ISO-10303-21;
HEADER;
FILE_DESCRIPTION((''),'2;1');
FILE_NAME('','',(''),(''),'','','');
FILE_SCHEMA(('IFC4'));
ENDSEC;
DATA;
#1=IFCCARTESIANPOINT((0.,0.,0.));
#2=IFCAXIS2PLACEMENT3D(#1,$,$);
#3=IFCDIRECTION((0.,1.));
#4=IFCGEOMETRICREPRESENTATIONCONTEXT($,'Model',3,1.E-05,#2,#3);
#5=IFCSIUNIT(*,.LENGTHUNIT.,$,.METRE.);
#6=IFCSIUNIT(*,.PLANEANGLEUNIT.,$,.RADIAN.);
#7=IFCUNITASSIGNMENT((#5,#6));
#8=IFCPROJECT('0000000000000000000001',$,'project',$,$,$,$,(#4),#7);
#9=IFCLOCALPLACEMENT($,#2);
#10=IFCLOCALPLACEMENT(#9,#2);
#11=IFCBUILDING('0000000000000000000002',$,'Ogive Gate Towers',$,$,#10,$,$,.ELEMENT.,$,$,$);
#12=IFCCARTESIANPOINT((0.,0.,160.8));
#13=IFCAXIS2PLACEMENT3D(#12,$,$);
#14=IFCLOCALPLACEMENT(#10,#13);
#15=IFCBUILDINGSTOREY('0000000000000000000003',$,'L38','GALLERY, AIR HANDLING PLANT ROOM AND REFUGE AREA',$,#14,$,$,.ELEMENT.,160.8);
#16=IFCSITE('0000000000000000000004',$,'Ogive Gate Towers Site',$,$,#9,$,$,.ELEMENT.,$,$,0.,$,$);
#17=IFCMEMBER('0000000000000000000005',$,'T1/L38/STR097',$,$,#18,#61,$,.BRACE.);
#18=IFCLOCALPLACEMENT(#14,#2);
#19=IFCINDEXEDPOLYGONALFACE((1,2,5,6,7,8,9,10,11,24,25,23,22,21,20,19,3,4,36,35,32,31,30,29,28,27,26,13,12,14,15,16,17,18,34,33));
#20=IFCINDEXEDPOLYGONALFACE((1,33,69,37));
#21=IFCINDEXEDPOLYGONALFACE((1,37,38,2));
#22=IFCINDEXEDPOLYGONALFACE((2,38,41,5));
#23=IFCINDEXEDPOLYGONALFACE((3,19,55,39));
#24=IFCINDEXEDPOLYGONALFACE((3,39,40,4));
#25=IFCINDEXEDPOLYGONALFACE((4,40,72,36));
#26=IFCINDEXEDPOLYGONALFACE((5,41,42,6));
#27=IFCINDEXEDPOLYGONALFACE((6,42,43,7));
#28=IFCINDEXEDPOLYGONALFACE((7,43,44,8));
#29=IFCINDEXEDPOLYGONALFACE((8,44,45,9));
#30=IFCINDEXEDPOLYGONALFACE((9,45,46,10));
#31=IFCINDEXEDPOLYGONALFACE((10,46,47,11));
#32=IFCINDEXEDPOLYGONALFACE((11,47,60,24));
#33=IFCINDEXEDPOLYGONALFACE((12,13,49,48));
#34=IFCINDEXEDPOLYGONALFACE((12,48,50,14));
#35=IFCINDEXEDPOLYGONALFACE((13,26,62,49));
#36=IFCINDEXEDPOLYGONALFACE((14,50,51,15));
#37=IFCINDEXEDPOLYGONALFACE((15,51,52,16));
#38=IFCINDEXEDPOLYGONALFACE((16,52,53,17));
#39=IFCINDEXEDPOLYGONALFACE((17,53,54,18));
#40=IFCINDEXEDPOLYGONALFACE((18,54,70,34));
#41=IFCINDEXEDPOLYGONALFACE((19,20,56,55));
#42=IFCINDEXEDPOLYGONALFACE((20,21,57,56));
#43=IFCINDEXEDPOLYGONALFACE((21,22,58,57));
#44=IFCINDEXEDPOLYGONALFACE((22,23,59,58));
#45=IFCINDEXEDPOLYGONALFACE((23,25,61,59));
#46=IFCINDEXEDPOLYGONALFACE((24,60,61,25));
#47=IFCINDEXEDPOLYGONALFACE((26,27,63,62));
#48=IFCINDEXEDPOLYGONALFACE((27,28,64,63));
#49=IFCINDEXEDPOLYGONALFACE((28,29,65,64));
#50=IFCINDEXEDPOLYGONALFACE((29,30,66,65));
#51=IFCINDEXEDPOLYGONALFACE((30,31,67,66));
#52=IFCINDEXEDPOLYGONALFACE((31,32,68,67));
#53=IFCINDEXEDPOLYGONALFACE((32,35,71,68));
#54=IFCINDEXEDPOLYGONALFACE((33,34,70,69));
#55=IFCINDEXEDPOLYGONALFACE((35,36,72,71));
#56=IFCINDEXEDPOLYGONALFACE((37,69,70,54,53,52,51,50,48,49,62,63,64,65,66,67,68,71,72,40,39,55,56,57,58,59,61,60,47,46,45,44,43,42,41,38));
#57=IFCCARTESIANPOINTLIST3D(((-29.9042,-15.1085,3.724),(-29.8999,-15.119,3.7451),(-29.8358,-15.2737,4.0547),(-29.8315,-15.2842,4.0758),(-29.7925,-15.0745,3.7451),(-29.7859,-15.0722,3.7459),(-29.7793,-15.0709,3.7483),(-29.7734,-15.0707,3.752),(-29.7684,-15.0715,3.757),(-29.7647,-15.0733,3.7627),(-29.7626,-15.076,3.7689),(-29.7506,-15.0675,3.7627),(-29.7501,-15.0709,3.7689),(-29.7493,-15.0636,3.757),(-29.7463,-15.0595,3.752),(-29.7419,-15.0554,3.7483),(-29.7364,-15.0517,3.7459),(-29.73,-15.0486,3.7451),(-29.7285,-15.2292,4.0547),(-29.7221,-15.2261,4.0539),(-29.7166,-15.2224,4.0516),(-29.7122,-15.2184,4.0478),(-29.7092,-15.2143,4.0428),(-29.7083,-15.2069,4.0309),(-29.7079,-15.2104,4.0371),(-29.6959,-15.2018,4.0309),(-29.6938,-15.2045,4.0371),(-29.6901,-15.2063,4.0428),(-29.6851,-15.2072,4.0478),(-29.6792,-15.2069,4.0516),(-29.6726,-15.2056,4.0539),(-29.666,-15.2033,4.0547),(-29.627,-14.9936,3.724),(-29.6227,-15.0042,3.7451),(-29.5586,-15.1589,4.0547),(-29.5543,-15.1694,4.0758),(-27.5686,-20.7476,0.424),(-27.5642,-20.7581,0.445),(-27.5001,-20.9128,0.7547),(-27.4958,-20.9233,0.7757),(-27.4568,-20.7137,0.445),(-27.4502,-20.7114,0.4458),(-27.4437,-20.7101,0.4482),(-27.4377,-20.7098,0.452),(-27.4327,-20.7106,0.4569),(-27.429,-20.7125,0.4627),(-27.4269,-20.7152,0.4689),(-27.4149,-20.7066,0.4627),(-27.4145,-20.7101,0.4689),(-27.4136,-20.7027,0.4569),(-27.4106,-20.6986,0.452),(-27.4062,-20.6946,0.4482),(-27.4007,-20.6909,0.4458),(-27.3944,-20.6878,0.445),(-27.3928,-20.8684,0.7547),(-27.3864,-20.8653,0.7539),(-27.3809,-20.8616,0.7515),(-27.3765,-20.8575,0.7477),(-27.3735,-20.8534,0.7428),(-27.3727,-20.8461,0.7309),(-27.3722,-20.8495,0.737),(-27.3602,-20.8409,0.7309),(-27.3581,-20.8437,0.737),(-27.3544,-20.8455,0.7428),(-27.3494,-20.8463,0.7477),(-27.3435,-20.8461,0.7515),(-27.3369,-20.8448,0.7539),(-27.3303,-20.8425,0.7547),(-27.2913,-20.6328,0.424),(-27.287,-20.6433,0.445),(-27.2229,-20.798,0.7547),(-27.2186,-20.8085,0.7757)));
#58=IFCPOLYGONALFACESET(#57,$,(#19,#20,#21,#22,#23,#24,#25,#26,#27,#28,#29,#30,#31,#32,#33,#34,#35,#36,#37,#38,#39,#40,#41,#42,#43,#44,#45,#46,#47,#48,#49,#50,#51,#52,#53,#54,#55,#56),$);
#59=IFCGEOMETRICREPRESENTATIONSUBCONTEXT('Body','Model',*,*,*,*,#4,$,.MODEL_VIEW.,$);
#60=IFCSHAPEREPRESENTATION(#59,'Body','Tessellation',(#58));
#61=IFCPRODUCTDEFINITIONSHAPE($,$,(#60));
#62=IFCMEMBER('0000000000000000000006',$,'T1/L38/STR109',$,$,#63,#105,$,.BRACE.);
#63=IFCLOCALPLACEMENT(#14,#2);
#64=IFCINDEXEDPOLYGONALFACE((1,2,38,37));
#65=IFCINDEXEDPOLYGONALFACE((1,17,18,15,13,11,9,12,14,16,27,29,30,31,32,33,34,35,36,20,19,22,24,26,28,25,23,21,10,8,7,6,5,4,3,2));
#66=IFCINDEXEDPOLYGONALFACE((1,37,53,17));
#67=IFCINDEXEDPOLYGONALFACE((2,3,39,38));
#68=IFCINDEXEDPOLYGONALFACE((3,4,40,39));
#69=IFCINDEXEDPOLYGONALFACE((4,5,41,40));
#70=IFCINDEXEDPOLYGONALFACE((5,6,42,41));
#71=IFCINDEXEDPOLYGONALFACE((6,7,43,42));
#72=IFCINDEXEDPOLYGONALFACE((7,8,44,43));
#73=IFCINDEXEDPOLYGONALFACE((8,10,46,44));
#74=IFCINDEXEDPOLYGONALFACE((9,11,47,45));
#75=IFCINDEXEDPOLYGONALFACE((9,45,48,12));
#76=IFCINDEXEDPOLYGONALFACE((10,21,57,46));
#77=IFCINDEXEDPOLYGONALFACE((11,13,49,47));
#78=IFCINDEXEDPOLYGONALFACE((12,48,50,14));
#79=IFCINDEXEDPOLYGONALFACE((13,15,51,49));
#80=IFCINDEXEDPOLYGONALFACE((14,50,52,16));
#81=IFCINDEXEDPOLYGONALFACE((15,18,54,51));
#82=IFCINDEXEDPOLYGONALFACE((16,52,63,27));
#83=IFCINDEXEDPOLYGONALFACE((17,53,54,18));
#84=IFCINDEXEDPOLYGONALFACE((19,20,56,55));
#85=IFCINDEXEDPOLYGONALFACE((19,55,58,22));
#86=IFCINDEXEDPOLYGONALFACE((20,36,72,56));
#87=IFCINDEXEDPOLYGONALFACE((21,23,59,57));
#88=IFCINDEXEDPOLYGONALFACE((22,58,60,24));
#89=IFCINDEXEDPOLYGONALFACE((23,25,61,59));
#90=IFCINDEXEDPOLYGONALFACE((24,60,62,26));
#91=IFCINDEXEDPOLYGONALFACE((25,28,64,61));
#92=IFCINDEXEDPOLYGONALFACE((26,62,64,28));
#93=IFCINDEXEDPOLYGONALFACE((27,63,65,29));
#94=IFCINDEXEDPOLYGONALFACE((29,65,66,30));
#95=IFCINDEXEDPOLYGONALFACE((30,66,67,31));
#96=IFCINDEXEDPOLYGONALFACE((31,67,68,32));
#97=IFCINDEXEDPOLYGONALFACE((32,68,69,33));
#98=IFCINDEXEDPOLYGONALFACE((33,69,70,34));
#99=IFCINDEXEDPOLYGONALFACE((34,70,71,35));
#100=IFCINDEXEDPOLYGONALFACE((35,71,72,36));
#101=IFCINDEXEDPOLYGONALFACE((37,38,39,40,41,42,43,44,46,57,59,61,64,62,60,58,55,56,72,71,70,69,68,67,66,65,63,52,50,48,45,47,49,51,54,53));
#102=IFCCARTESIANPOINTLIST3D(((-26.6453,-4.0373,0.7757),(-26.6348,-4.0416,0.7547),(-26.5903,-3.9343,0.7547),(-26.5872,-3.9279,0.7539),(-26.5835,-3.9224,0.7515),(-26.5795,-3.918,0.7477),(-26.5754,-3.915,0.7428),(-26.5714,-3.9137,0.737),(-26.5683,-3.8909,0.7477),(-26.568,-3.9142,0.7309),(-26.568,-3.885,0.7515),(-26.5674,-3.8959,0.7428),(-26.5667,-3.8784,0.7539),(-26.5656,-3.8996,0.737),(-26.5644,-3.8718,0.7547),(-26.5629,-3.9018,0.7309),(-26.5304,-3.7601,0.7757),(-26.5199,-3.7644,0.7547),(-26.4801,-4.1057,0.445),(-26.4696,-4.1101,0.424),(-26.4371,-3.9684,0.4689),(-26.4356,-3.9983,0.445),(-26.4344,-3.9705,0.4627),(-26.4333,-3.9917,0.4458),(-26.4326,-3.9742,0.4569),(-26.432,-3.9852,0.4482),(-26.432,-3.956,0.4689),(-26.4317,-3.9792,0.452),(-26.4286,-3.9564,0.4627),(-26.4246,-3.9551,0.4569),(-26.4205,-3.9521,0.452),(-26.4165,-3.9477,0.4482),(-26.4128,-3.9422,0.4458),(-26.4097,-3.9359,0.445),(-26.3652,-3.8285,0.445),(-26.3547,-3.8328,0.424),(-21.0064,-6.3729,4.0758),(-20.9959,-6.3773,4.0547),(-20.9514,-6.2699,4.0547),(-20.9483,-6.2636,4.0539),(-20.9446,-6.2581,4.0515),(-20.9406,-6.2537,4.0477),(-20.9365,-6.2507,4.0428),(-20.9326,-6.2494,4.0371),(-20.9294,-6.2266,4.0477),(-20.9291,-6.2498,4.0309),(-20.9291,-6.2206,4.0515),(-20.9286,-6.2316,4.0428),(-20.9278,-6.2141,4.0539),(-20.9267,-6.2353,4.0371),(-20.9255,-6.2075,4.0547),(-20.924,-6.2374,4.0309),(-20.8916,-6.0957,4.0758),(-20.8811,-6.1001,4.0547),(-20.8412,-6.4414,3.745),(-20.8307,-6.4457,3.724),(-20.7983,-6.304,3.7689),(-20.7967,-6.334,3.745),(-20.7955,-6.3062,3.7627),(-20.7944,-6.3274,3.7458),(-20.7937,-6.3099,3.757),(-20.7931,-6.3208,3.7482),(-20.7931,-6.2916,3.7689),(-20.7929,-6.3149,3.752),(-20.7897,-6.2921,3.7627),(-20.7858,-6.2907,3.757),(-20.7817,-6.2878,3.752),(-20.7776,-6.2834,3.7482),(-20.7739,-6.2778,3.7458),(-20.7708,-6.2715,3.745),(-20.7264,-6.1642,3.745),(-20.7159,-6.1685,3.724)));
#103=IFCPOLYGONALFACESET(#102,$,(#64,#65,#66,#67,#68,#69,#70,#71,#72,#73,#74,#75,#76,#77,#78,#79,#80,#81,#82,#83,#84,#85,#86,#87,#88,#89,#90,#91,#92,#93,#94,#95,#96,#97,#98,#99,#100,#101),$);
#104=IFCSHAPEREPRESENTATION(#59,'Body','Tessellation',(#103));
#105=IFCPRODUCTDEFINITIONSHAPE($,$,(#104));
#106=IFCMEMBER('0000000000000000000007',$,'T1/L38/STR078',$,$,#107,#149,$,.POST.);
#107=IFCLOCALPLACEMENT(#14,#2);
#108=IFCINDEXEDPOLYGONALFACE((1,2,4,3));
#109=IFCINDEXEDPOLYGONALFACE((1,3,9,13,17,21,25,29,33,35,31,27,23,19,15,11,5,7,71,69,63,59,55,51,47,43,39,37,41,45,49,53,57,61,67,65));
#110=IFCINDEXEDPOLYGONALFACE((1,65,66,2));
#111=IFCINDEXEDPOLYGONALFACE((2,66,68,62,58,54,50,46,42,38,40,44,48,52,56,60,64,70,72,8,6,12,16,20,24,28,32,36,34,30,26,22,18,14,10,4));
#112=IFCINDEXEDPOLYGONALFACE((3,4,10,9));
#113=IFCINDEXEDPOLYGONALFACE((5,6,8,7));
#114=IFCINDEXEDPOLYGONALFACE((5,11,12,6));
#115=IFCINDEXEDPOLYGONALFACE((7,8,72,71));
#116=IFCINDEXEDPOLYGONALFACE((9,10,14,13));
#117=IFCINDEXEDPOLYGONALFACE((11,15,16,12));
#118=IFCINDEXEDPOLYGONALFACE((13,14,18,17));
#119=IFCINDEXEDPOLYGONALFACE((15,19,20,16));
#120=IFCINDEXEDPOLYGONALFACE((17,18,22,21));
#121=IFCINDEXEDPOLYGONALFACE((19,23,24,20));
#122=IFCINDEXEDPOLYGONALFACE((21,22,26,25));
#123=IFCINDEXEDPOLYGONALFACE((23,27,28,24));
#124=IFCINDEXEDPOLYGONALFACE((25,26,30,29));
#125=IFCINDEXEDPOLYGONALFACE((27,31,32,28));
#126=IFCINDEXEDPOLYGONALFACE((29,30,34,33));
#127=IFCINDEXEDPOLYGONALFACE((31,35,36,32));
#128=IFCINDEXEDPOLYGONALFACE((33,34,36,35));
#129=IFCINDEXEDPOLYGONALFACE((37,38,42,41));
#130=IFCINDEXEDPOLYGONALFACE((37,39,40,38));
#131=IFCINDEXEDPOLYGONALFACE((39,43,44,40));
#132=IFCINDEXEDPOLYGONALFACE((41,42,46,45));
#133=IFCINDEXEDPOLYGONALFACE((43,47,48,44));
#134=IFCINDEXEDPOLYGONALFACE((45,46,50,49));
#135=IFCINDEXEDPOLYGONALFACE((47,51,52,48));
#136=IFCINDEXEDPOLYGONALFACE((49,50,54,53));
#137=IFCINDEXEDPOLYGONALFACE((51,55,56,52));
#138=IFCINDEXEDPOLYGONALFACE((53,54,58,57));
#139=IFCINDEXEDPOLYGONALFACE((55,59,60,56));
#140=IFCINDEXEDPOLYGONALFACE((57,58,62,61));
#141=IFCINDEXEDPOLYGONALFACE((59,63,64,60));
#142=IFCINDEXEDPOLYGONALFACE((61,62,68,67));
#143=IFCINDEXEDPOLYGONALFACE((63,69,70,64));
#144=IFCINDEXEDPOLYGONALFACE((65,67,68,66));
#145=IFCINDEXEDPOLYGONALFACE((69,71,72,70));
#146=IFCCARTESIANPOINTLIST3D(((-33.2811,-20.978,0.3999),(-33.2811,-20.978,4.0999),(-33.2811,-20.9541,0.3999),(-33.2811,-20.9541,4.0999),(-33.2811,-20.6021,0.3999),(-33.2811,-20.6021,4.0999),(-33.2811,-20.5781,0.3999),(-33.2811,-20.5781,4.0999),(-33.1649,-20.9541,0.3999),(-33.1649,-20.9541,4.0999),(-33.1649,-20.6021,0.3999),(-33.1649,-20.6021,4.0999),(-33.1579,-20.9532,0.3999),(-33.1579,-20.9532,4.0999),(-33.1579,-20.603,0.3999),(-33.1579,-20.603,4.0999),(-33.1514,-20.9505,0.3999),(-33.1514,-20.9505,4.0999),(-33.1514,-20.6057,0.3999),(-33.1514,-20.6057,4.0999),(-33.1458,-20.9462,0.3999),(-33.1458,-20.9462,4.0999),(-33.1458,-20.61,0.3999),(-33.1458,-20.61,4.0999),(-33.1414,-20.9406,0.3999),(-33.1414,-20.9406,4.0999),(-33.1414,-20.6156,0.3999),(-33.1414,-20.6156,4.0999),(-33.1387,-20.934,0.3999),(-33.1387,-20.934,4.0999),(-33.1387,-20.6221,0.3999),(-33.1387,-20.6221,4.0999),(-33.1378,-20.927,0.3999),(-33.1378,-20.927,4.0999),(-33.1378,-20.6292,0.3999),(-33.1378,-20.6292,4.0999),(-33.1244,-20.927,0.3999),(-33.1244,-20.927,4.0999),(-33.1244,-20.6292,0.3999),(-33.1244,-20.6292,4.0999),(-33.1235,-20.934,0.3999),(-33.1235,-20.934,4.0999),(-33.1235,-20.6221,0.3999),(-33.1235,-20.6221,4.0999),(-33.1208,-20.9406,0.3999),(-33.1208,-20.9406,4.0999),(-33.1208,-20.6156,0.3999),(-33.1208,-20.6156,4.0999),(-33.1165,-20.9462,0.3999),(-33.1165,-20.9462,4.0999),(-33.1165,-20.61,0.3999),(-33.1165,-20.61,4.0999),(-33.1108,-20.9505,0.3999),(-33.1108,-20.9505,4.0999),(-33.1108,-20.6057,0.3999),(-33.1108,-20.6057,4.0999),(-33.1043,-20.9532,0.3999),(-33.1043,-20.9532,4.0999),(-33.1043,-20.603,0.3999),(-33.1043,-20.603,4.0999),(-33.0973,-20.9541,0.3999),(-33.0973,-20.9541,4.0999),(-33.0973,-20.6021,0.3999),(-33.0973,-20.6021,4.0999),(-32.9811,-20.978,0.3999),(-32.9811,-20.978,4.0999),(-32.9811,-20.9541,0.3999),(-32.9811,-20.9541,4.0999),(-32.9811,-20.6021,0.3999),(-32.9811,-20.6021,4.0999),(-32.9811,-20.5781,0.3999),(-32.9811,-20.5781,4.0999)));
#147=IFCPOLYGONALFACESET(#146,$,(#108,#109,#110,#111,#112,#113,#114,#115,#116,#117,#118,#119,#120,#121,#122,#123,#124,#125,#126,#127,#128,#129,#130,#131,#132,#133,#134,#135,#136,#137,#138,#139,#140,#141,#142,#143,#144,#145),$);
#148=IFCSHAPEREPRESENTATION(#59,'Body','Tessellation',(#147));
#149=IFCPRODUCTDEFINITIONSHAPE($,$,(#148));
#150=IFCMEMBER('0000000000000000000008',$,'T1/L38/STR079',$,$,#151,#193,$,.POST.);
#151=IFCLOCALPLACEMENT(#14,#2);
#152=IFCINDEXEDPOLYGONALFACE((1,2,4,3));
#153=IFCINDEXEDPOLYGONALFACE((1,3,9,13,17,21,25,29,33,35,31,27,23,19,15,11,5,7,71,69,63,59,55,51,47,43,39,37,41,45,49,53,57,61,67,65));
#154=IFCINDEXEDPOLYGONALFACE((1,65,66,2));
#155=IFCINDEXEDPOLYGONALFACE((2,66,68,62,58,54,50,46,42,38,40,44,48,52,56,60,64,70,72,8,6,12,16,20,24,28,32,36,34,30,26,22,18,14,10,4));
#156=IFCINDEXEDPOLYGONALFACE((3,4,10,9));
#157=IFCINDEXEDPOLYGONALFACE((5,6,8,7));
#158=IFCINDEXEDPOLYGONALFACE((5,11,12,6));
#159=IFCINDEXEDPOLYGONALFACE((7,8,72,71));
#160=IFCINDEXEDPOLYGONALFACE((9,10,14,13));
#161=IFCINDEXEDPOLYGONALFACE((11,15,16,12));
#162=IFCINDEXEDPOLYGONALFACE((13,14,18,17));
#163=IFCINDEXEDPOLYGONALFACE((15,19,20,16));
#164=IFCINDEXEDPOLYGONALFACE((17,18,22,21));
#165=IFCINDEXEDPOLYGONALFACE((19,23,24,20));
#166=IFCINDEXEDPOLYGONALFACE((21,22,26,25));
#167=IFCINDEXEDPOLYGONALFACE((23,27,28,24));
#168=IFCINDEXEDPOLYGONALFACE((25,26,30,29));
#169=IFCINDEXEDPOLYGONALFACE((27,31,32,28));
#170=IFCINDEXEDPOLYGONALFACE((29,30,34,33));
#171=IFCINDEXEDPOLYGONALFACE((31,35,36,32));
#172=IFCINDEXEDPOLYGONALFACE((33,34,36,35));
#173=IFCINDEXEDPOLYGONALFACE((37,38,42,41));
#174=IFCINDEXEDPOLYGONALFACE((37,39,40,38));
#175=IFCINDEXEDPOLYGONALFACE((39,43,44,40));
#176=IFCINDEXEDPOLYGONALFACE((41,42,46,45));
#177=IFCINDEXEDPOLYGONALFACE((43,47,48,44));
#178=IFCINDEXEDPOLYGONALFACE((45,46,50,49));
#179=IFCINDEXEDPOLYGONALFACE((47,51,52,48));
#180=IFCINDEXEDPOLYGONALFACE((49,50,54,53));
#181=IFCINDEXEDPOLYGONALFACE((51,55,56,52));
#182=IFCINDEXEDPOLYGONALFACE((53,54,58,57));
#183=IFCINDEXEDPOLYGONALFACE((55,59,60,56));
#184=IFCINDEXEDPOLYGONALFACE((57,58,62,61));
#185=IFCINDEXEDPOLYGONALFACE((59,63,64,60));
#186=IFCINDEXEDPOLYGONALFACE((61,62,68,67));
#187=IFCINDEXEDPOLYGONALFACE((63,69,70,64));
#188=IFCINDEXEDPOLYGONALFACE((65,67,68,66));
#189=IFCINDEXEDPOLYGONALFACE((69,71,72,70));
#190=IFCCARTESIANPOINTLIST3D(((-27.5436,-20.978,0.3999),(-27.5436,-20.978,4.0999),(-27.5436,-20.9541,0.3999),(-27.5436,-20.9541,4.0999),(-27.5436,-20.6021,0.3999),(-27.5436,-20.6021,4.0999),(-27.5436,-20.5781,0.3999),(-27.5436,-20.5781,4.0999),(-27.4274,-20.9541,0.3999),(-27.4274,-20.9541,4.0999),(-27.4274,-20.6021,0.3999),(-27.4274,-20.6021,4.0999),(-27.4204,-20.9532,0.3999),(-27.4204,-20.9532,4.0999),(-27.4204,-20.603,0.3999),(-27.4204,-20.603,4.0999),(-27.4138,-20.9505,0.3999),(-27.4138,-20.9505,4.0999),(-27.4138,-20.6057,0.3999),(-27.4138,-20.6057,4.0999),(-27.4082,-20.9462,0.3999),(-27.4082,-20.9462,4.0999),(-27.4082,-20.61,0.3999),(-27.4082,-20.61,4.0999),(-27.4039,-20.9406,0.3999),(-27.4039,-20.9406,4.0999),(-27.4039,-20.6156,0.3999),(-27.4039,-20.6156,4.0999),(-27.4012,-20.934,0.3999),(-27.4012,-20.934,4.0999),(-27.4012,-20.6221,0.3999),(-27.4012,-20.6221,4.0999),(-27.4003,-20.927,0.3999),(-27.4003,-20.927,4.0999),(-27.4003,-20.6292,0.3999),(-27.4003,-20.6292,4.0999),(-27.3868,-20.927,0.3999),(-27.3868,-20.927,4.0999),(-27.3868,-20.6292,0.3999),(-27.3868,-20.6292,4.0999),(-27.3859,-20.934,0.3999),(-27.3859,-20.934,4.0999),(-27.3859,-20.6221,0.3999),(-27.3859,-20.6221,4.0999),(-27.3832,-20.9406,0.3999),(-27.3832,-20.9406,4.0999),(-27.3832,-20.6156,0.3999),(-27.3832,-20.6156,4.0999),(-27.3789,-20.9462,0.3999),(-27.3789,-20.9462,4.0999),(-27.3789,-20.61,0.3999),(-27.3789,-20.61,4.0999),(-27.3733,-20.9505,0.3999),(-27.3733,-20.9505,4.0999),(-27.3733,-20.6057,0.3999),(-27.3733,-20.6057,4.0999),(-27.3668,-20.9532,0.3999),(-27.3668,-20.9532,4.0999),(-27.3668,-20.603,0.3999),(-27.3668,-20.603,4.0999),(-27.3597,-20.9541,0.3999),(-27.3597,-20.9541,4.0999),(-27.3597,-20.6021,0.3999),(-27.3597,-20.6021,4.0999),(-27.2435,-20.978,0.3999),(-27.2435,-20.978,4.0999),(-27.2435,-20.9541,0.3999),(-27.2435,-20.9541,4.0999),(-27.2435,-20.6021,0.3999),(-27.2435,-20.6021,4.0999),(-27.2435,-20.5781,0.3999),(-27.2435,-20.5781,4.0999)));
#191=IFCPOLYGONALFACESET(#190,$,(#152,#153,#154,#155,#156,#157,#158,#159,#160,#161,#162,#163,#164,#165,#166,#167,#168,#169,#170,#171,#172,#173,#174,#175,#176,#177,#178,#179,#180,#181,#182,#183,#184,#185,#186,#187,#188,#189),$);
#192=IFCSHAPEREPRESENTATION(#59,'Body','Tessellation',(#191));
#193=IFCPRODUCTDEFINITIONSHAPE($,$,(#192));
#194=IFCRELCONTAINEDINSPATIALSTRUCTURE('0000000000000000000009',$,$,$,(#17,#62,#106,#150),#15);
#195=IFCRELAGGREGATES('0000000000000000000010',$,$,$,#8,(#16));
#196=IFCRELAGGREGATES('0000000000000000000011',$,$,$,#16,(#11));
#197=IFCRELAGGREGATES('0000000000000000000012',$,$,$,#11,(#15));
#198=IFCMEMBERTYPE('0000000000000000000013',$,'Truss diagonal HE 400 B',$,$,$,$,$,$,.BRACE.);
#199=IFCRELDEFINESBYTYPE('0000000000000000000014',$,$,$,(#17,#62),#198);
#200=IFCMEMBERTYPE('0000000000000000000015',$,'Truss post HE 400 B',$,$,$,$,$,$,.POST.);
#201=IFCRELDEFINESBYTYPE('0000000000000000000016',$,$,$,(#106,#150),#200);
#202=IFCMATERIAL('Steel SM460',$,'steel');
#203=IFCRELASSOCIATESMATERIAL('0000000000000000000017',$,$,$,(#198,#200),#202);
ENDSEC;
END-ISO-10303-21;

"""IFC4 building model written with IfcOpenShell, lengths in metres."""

from ifc_helpers import new_model, si_unit, direction, frame, origin, origin_2d, place, context, subcontext, project, spatial, i_section, extrude, material, material_profile, profile_set, type_object, element, save


model = new_model("IFC4")

# Units and contexts
model_context = context("Model", 3, precision=1e-05, world=origin(), true_north=direction((0.0, 1.0)))
body_context = subcontext(model_context, "Body", "Model", "MODEL_VIEW")
ifc_project = project(units=[si_unit("LENGTHUNIT", "METRE"), si_unit("PLANEANGLEUNIT", "RADIAN")], contexts=[model_context])

# Site, building, storey
site_placement = place(None, origin())
site = spatial("IfcSite", under=ifc_project, at=site_placement, Name="Ogive Gate Towers Site", CompositionType="ELEMENT", RefElevation=0.0)
building_placement = place(site_placement, origin())
building = spatial("IfcBuilding", under=site, at=building_placement, Name="Ogive Gate Towers", CompositionType="ELEMENT")
storey_placement = place(building_placement, frame((0.0, 0.0, 160.8)))
storey = spatial("IfcBuildingStorey", under=building, at=storey_placement, Name="L38", Description="GALLERY, AIR HANDLING PLANT ROOM AND REFUGE AREA", CompositionType="ELEMENT", Elevation=160.8)

# Shared definitions
ifc_material_1 = material(Name="Steel SM460", Category="steel")

# Members
ifc_material_profile_1 = material_profile(ifc_material_1, i_section(OverallWidth=0.3, OverallDepth=0.3999, WebThickness=0.0134, FlangeThickness=0.0239, FilletRadius=0.0271, at=origin_2d()), Name="HE 400 B")
ifc_profile_set_1 = profile_set([ifc_material_profile_1], Name="Steel SM460")
member_type_1 = type_object("IfcMemberType", Name="Truss diagonal HE 400 B", PredefinedType="BRACE", material=ifc_profile_set_1)
member_1_placement = place(storey_placement, frame((-29.7292, -15.1389, 3.8999), z_axis=(0.336617, -0.812708, -0.475599), x_axis=(0.923887, 0.382666, 0.0)))
element("IfcMember", 1, at=member_1_placement, inside=storey, type_object=member_type_1, Name="T1/L38/STR097", PredefinedType="BRACE", context=body_context, shape_type="SweptSolid", body=[
    extrude(i_section(OverallWidth=0.3, OverallDepth=0.3999, WebThickness=0.0134, FlangeThickness=0.0239, FilletRadius=0.0271, at=origin_2d()), origin(), (0.0, 0.0, 1.0), 6.9387),
])
member_2_placement = place(storey_placement, frame((-26.5, -3.9351, 0.5999), z_axis=(0.812696, -0.336627, 0.475612), x_axis=(0.38268, 0.923881, 0.0)))
element("IfcMember", 2, at=member_2_placement, inside=storey, type_object=member_type_1, Name="T1/L38/STR109", PredefinedType="BRACE", context=body_context, shape_type="SweptSolid", body=[
    extrude(i_section(OverallWidth=0.3, OverallDepth=0.3999, WebThickness=0.0134, FlangeThickness=0.0239, FilletRadius=0.0271, at=origin_2d()), origin(), (0.0, 0.0, 1.0), 6.9385),
])
ifc_material_profile_2 = material_profile(ifc_material_1, i_section(OverallWidth=0.3, OverallDepth=0.3999, WebThickness=0.0134, FlangeThickness=0.0239, FilletRadius=0.0271, at=origin_2d()), Name="HE 400 B")
ifc_profile_set_2 = profile_set([ifc_material_profile_2], Name="Steel SM460")
member_type_2 = type_object("IfcMemberType", Name="Truss post HE 400 B", PredefinedType="POST", material=ifc_profile_set_2)
for number, where, z_axis, x_axis, name in (
    (3, (-33.1311, -20.7781, 0.3999), (0.0, 0.0, 1.0), (1.0, 0.0, 0.0), "T1/L38/STR078"),
    (4, (-27.3936, -20.7781, 0.3999), (0.0, 0.0, 1.0), (1.0, 0.0, 0.0), "T1/L38/STR079"),
):
    element("IfcMember", number, at=place(storey_placement, frame(where, z_axis=z_axis, x_axis=x_axis)), inside=storey, type_object=member_type_2, Name=name, PredefinedType="POST", context=body_context, shape_type="SweptSolid", body=[
        extrude(i_section(OverallWidth=0.3, OverallDepth=0.3999, WebThickness=0.0134, FlangeThickness=0.0239, FilletRadius=0.0271, at=origin_2d()), origin(), (0.0, 0.0, 1.0), 3.7),
    ])

save(model, "model.ifc")
